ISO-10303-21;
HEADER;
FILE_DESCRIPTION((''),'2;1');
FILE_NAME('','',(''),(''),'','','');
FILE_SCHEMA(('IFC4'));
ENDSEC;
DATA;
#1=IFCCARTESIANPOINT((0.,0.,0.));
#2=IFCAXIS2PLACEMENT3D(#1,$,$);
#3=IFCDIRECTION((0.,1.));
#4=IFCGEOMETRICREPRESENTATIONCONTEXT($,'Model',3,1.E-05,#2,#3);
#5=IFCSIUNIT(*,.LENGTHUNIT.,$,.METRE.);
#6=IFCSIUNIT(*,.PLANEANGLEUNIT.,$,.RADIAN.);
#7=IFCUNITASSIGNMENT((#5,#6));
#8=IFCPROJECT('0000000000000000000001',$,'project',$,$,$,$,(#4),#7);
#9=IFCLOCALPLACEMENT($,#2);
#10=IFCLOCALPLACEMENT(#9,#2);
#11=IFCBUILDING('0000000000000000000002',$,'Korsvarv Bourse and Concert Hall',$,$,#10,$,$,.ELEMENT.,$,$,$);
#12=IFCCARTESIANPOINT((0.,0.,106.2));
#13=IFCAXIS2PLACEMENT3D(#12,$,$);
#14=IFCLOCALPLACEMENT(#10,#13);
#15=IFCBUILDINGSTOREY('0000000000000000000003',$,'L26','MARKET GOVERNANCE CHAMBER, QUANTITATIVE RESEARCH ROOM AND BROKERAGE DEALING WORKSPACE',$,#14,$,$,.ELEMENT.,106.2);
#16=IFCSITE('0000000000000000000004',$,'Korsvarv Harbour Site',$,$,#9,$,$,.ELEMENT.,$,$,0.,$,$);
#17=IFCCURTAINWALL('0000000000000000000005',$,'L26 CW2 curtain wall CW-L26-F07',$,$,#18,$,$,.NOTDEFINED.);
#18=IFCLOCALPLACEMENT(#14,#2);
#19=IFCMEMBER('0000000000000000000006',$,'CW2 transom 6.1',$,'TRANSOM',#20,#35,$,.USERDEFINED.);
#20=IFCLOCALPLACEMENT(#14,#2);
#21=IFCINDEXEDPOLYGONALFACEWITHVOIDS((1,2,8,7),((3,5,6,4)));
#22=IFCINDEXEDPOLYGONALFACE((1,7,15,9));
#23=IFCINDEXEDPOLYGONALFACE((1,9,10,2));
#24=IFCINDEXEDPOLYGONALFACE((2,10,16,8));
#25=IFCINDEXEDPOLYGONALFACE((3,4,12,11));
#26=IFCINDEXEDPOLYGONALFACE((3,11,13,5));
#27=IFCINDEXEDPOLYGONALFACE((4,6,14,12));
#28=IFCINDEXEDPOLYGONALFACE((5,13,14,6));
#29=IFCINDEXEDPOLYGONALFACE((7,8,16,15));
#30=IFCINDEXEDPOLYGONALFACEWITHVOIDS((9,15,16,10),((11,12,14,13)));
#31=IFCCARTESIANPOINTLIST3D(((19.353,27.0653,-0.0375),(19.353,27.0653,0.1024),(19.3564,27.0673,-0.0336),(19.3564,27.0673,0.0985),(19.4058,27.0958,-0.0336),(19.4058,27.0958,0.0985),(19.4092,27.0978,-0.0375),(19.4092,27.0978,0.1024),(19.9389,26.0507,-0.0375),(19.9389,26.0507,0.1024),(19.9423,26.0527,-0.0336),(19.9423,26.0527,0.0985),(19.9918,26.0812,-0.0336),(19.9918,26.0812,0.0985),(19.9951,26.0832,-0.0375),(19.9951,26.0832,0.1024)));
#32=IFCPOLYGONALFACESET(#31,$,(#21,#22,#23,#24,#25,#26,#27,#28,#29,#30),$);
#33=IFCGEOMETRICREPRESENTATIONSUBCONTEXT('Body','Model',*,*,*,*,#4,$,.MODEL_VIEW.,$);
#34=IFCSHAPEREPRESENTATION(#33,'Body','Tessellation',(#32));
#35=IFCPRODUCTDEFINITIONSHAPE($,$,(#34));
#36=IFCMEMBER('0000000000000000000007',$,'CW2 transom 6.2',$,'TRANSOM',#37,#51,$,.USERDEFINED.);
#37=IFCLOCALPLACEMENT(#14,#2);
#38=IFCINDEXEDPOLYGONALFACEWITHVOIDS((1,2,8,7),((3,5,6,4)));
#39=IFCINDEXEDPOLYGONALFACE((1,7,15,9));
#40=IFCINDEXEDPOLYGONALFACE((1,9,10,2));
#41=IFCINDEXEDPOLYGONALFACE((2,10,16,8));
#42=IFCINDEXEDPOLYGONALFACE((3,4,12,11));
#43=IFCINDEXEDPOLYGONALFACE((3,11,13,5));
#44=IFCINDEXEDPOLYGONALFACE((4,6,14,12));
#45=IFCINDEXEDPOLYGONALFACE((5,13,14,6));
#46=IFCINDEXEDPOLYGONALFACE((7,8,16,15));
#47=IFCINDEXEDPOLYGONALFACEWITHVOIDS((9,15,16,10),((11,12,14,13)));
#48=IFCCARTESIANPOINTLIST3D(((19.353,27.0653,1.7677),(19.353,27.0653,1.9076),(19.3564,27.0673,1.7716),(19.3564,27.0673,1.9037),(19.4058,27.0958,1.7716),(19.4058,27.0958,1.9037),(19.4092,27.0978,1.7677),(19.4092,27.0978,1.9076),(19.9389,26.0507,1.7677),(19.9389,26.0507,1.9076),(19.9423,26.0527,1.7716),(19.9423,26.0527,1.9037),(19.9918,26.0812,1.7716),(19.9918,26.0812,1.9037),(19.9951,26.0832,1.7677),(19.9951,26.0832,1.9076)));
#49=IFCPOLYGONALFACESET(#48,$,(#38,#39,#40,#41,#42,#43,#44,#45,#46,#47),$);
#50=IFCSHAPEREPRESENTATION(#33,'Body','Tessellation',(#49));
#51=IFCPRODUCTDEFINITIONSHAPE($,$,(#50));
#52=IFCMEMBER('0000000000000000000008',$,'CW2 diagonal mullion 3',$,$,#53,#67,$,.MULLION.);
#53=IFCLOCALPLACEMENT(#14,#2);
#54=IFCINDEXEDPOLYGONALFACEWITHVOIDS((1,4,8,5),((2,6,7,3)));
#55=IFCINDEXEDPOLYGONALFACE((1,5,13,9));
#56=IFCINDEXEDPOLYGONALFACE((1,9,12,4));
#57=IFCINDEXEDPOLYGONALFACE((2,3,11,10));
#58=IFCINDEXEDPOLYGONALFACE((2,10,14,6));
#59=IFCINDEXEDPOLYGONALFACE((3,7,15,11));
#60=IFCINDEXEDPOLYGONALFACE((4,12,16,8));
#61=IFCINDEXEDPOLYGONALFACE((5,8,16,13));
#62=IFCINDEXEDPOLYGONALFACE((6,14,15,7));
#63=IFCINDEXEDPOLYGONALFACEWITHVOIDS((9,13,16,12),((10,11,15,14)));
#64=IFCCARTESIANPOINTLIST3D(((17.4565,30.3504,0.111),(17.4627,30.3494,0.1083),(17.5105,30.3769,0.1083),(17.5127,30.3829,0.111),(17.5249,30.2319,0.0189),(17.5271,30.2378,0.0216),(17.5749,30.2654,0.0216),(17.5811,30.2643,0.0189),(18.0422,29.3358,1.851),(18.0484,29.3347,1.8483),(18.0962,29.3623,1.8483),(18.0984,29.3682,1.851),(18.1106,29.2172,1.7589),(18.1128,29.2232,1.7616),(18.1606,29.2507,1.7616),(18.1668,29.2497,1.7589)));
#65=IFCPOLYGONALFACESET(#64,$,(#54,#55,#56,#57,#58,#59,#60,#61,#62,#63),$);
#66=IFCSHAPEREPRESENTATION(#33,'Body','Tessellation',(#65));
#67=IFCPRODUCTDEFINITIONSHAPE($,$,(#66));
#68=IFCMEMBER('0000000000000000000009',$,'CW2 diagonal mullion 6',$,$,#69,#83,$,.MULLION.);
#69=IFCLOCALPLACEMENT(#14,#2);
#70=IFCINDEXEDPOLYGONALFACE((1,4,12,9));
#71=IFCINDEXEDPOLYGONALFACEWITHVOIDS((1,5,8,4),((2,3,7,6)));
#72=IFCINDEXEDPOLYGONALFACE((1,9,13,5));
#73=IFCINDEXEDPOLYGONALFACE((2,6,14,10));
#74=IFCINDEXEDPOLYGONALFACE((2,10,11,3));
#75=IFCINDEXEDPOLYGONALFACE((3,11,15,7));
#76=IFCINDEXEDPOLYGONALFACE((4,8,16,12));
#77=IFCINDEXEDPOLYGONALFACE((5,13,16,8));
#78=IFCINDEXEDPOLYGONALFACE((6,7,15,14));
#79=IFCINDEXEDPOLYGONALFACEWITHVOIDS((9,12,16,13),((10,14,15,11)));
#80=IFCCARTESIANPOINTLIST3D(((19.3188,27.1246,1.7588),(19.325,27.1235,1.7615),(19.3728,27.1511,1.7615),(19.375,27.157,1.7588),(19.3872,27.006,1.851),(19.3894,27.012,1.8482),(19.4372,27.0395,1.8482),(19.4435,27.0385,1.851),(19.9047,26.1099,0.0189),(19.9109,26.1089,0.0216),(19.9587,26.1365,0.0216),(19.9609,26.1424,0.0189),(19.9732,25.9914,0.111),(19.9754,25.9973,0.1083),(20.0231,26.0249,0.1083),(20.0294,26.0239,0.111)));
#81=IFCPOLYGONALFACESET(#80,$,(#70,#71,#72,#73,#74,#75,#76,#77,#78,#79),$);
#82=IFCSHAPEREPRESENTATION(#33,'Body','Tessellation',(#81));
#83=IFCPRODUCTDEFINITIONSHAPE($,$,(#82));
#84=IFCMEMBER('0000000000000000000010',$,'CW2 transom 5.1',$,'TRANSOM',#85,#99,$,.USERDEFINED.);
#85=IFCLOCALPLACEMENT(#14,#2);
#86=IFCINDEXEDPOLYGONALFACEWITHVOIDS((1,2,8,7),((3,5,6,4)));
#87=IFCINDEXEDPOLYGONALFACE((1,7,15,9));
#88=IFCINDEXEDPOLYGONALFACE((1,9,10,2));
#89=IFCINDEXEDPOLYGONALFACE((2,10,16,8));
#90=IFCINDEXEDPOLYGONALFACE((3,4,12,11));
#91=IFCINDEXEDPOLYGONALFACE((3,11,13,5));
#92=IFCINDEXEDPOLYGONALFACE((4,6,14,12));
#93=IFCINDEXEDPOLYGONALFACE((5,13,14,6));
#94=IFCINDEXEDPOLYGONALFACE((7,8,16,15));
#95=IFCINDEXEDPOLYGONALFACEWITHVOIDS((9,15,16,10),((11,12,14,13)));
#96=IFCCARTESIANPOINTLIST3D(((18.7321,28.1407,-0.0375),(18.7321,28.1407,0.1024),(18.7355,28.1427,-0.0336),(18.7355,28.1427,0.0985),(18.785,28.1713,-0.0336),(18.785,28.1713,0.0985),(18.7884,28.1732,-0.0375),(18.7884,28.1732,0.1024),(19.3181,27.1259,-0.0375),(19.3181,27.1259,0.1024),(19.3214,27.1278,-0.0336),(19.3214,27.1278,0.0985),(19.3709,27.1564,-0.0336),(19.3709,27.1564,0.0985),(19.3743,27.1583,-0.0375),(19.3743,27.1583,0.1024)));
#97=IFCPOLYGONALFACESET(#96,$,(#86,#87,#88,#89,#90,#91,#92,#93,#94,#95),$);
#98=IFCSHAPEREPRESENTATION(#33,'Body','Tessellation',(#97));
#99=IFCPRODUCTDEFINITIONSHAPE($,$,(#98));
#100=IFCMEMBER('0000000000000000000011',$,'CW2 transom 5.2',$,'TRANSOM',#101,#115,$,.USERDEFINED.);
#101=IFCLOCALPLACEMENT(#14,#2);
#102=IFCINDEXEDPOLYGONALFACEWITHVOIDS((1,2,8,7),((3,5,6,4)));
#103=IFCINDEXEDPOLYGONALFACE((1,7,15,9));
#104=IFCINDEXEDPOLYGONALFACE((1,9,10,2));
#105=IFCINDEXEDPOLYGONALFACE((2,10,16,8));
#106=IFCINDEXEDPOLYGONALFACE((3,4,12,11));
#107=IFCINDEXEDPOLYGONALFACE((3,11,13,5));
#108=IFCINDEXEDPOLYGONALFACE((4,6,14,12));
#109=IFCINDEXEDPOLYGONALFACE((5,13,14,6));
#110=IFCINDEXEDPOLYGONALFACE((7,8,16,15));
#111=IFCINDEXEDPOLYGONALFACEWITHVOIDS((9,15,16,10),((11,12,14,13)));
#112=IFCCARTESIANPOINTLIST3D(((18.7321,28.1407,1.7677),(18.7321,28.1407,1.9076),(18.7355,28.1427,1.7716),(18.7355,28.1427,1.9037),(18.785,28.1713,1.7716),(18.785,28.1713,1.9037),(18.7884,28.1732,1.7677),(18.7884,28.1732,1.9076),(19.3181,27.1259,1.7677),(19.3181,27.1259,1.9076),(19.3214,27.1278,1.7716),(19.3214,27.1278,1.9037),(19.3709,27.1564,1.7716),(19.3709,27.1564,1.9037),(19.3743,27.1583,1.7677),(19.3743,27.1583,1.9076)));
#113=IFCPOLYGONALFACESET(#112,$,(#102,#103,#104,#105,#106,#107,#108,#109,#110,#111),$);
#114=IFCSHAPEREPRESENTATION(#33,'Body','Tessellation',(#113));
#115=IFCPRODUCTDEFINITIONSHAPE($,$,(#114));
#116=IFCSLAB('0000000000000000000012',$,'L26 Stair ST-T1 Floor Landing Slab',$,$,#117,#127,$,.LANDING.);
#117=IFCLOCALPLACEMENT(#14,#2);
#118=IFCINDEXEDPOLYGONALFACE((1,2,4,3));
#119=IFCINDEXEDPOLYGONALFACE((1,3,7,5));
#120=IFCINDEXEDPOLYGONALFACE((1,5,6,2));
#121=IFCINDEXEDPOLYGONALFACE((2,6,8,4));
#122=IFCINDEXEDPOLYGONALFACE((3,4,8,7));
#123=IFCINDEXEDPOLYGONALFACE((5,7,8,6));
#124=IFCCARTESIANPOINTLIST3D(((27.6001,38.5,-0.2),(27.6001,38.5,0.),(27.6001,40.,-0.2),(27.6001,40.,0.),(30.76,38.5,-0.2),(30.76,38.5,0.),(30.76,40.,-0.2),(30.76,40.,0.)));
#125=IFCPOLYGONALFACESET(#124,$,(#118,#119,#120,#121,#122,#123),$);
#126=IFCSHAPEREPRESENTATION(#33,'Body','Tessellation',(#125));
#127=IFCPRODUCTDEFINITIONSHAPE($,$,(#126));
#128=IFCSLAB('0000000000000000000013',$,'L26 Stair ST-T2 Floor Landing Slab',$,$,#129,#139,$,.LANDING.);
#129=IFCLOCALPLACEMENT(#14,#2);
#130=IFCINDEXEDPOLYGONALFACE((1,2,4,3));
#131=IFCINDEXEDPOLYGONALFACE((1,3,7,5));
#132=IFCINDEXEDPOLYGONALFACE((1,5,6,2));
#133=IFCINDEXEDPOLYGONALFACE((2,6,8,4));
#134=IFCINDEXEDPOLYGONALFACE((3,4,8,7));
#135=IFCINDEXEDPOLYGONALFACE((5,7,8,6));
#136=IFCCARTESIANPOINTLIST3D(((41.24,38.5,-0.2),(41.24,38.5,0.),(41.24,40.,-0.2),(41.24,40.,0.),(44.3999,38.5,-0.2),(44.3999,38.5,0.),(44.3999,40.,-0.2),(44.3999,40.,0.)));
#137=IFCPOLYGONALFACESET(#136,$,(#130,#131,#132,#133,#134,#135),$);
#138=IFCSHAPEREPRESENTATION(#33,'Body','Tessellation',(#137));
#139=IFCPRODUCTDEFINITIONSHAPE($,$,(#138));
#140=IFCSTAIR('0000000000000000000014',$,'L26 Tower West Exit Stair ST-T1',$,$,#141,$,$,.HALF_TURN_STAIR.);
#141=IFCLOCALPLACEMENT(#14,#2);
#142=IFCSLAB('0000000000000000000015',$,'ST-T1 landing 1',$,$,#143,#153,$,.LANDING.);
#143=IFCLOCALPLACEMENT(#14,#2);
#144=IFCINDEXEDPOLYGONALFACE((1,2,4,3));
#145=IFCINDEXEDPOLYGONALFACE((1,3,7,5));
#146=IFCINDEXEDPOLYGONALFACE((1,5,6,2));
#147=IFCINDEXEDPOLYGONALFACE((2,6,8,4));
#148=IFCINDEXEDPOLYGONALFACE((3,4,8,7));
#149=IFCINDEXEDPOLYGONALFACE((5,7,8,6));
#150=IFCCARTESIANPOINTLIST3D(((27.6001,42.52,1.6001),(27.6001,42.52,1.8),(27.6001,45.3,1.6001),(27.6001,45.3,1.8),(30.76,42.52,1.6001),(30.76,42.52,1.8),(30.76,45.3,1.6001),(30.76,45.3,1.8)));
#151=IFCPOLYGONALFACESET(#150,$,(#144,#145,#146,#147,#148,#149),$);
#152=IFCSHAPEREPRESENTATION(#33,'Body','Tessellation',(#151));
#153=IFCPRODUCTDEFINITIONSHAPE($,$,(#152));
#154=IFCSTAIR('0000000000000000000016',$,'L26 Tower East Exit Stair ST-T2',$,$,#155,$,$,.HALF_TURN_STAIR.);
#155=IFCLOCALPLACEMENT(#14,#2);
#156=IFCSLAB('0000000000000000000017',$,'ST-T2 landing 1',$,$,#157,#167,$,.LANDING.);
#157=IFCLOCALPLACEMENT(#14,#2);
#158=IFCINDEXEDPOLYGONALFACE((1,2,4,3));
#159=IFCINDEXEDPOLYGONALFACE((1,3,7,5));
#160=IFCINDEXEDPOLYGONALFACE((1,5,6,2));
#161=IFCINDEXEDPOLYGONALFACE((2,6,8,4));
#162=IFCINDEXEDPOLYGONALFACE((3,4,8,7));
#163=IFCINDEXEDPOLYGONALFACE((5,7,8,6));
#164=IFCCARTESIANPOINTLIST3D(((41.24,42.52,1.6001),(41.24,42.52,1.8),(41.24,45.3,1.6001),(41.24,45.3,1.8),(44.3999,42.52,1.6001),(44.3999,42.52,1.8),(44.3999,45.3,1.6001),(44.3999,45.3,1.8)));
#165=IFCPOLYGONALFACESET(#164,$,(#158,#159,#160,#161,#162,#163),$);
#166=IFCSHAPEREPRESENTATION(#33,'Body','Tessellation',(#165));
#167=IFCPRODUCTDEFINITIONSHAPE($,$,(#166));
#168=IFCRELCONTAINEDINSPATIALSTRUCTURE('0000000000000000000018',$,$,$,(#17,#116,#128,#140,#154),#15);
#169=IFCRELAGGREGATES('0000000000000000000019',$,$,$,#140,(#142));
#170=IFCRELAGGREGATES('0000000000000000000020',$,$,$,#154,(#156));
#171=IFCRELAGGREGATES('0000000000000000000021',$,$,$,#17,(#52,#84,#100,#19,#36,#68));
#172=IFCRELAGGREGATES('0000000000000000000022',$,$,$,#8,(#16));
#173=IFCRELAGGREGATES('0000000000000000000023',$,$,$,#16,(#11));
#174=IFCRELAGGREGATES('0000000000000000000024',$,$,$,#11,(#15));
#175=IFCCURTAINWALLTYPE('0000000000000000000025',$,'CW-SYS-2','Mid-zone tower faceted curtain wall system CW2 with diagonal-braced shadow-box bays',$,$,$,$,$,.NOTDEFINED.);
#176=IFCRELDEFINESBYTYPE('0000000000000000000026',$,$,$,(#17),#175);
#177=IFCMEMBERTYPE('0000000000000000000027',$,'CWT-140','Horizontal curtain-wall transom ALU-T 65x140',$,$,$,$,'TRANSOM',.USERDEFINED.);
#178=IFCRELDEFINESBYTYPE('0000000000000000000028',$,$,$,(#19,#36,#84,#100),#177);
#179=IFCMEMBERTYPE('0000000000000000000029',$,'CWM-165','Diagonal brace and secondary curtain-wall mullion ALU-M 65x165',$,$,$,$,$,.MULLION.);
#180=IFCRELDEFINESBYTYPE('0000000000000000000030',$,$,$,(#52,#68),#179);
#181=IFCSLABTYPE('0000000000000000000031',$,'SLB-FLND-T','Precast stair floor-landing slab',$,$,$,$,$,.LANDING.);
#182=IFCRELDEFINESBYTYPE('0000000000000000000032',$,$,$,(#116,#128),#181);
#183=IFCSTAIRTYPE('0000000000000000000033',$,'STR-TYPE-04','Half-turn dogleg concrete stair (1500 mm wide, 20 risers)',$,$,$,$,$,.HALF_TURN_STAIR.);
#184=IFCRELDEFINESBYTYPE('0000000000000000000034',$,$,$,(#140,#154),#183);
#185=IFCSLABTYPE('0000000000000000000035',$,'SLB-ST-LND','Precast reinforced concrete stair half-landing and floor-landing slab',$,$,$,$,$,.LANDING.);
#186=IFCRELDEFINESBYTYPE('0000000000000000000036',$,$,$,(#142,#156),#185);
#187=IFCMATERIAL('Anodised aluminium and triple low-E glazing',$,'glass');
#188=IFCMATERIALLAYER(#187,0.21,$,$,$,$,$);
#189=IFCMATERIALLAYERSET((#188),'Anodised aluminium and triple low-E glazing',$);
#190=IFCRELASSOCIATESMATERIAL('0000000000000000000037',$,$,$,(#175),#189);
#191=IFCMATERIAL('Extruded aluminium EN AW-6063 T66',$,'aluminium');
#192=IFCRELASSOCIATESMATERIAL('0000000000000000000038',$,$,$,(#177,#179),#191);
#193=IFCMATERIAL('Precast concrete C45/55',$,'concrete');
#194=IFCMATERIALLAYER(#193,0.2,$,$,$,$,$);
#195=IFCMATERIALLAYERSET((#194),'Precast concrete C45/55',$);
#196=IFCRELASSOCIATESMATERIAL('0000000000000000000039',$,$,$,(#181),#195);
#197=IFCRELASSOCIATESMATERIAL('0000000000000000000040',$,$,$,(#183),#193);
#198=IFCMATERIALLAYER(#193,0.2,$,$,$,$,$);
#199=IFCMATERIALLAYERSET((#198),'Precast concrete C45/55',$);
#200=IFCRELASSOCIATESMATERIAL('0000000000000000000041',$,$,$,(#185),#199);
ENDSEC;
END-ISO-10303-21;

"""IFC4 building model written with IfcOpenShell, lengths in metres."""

from ifc_helpers import new_model, si_unit, direction, frame, origin, origin_2d, place, context, subcontext, project, spatial, polyline, hollow_rectangle, outline, extrude, source, transform, mapped, material, layer, layer_set, material_profile, profile_set, type_object, element, aggregate, save


model = new_model("IFC4")

# Units and contexts
model_context = context("Model", 3, precision=1e-05, world=origin(), true_north=direction((0.0, 1.0)))
body_context = subcontext(model_context, "Body", "Model", "MODEL_VIEW")
ifc_project = project(units=[si_unit("LENGTHUNIT", "METRE"), si_unit("PLANEANGLEUNIT", "RADIAN")], contexts=[model_context])

# Site, building, storey
site_placement = place(None, origin())
site = spatial("IfcSite", under=ifc_project, at=site_placement, Name="Korsvarv Harbour Site", CompositionType="ELEMENT", RefElevation=0.0)
building_placement = place(site_placement, origin())
building = spatial("IfcBuilding", under=site, at=building_placement, Name="Korsvarv Bourse and Concert Hall", CompositionType="ELEMENT")
storey_placement = place(building_placement, frame((0.0, 0.0, 106.2)))
storey = spatial("IfcBuildingStorey", under=building, at=storey_placement, Name="L26", Description="MARKET GOVERNANCE CHAMBER, QUANTITATIVE RESEARCH ROOM AND BROKERAGE DEALING WORKSPACE", CompositionType="ELEMENT", Elevation=106.2)

# Curtain wall, members
ifc_material_1 = material(Name="Anodised aluminium and triple low-E glazing", Category="glass")
ifc_layer_1 = layer(ifc_material_1, 0.21)
ifc_layer_set_1 = layer_set([ifc_layer_1], Name="Anodised aluminium and triple low-E glazing")
curtain_wall_type = type_object("IfcCurtainWallType", Name="CW-SYS-2", Description="Mid-zone tower faceted curtain wall system CW2 with diagonal-braced shadow-box bays", PredefinedType="NOTDEFINED", material=ifc_layer_set_1)
curtain_wall_placement = place(storey_placement, origin())
curtain_wall = element("IfcCurtainWall", 1, at=curtain_wall_placement, inside=storey, type_object=curtain_wall_type, Name="L26 CW2 curtain wall CW-L26-F07", PredefinedType="NOTDEFINED")
ifc_material_2 = material(Name="Extruded aluminium EN AW-6063 T66", Category="aluminium")
ifc_material_profile_1 = material_profile(ifc_material_2, hollow_rectangle(XDim=0.0649, YDim=0.1399, WallThickness=0.0039, at=origin_2d()), Name="ALU-T 65x140")
ifc_profile_set_1 = profile_set([ifc_material_profile_1], Name="Extruded aluminium EN AW-6063 T66")
member_type_1 = type_object("IfcMemberType", Name="CWT-140", Description="Horizontal curtain-wall transom ALU-T 65x140", ElementType="TRANSOM", PredefinedType="USERDEFINED", material=ifc_profile_set_1)
shared_shape_1 = source(origin(), body_context, "Body", "SweptSolid", [
    extrude(hollow_rectangle(XDim=0.0649, YDim=0.1399, WallThickness=0.0039, at=origin_2d()), origin(), (0.0, 0.0, 1.0), 1.1716),
])
member_1_placement = place(storey_placement, frame((19.3811, 27.0815, 0.0325), z_axis=(0.500083, -0.865977, 0.0), x_axis=(0.865977, 0.500083, 0.0)))
member_1 = element("IfcMember", 2, at=member_1_placement, type_object=member_type_1, Name="CW2 transom 6.1", ObjectType="TRANSOM", PredefinedType="USERDEFINED", context=body_context, shape_type="MappedRepresentation", body=[
    mapped(shared_shape_1, transform((0.0, 0.0, 0.0), scale=1.0)),
])
member_2_placement = place(storey_placement, frame((19.3811, 27.0815, 1.8376), z_axis=(0.500083, -0.865977, 0.0), x_axis=(0.865977, 0.500083, 0.0)))
member_2 = element("IfcMember", 3, at=member_2_placement, type_object=member_type_1, Name="CW2 transom 6.2", ObjectType="TRANSOM", PredefinedType="USERDEFINED", context=body_context, shape_type="MappedRepresentation", body=[
    mapped(shared_shape_1, transform((0.0, 0.0, 0.0), scale=1.0)),
])
ifc_material_profile_2 = material_profile(ifc_material_2, hollow_rectangle(XDim=0.0649, YDim=0.165, WallThickness=0.0049, at=origin_2d()), Name="ALU-M 65x165")
ifc_profile_set_2 = profile_set([ifc_material_profile_2], Name="Extruded aluminium EN AW-6063 T66")
member_type_2 = type_object("IfcMemberType", Name="CWM-165", Description="Diagonal brace and secondary curtain-wall mullion ALU-M 65x165", PredefinedType="MULLION", material=ifc_profile_set_2)
shared_shape_2 = source(origin(), body_context, "Body", "SweptSolid", [
    extrude(hollow_rectangle(XDim=0.0649, YDim=0.165, WallThickness=0.0049, at=origin_2d()), origin(), (0.0, 0.0, 1.0), 2.0977),
])
member_3_placement = place(storey_placement, frame((17.5188, 30.3074, 0.0649), z_axis=(0.279215, -0.483708, 0.829497), x_axis=(0.866068, 0.499927, 0.0)))
member_3 = element("IfcMember", 4, at=member_3_placement, type_object=member_type_2, Name="CW2 diagonal mullion 3", PredefinedType="MULLION", context=body_context, shape_type="MappedRepresentation", body=[
    mapped(shared_shape_2, transform((0.0, 0.0, 0.0), scale=1.0)),
])
member_4_placement = place(storey_placement, frame((19.967, 26.0669, 0.0649), z_axis=(-0.279322, 0.483693, 0.82947), x_axis=(-0.865977, -0.500083, 0.0)))
member_4 = element("IfcMember", 5, at=member_4_placement, type_object=member_type_2, Name="CW2 diagonal mullion 6", PredefinedType="MULLION", context=body_context, shape_type="MappedRepresentation", body=[
    mapped(shared_shape_2, transform((0.0, 0.0, 0.0), scale=1.0)),
])
shared_shape_3 = source(origin(), body_context, "Body", "SweptSolid", [
    extrude(hollow_rectangle(XDim=0.0649, YDim=0.1399, WallThickness=0.0039, at=origin_2d()), origin(), (0.0, 0.0, 1.0), 1.1719),
])
member_5_placement = place(storey_placement, frame((18.7603, 28.157, 0.0325), z_axis=(0.499993, -0.866029, 0.0), x_axis=(0.866029, 0.499993, 0.0)))
member_5 = element("IfcMember", 6, at=member_5_placement, type_object=member_type_1, Name="CW2 transom 5.1", ObjectType="TRANSOM", PredefinedType="USERDEFINED", context=body_context, shape_type="MappedRepresentation", body=[
    mapped(shared_shape_3, transform((0.0, 0.0, 0.0), scale=1.0)),
])
member_6_placement = place(storey_placement, frame((18.7603, 28.157, 1.8376), z_axis=(0.499993, -0.866029, 0.0), x_axis=(0.866029, 0.499993, 0.0)))
member_6 = element("IfcMember", 7, at=member_6_placement, type_object=member_type_1, Name="CW2 transom 5.2", ObjectType="TRANSOM", PredefinedType="USERDEFINED", context=body_context, shape_type="MappedRepresentation", body=[
    mapped(shared_shape_3, transform((0.0, 0.0, 0.0), scale=1.0)),
])

# Slabs
ifc_material_3 = material(Name="Precast concrete C45/55", Category="concrete")
ifc_layer_2 = layer(ifc_material_3, 0.2)
ifc_layer_set_2 = layer_set([ifc_layer_2], Name="Precast concrete C45/55")
slab_type_1 = type_object("IfcSlabType", Name="SLB-FLND-T", Description="Precast stair floor-landing slab", PredefinedType="LANDING", material=ifc_layer_set_2)
slab_1_placement = place(storey_placement, frame((0.0, 0.0, -0.2)))
element("IfcSlab", 8, at=slab_1_placement, inside=storey, type_object=slab_type_1, Name="L26 Stair ST-T1 Floor Landing Slab", PredefinedType="LANDING", context=body_context, shape_type="SweptSolid", body=[
    extrude(outline(polyline([(30.76, 38.5), (30.76, 40.0), (27.6001, 40.0), (27.6001, 38.5), (30.76, 38.5)])), origin(), (0.0, 0.0, 1.0), 0.2),
])
slab_2_placement = place(storey_placement, frame((0.0, 0.0, -0.2)))
element("IfcSlab", 9, at=slab_2_placement, inside=storey, type_object=slab_type_1, Name="L26 Stair ST-T2 Floor Landing Slab", PredefinedType="LANDING", context=body_context, shape_type="SweptSolid", body=[
    extrude(outline(polyline([(44.3999, 38.5), (44.3999, 40.0), (41.24, 40.0), (41.24, 38.5), (44.3999, 38.5)])), origin(), (0.0, 0.0, 1.0), 0.2),
])

# Stairs, slabs
stair_type = type_object("IfcStairType", Name="STR-TYPE-04", Description="Half-turn dogleg concrete stair (1500 mm wide, 20 risers)", PredefinedType="HALF_TURN_STAIR", material=ifc_material_3)
stair_1_placement = place(storey_placement, origin())
stair_1 = element("IfcStair", 10, at=stair_1_placement, inside=storey, type_object=stair_type, Name="L26 Tower West Exit Stair ST-T1", PredefinedType="HALF_TURN_STAIR")
ifc_layer_3 = layer(ifc_material_3, 0.2)
ifc_layer_set_3 = layer_set([ifc_layer_3], Name="Precast concrete C45/55")
slab_type_2 = type_object("IfcSlabType", Name="SLB-ST-LND", Description="Precast reinforced concrete stair half-landing and floor-landing slab", PredefinedType="LANDING", material=ifc_layer_set_3)
slab_3_placement = place(storey_placement, frame((0.0, 0.0, 1.6001)))
slab_3 = element("IfcSlab", 11, at=slab_3_placement, type_object=slab_type_2, Name="ST-T1 landing 1", PredefinedType="LANDING", context=body_context, shape_type="SweptSolid", body=[
    extrude(outline(polyline([(30.76, 42.52), (30.76, 45.3), (27.6001, 45.3), (27.6001, 42.52), (30.76, 42.52)])), origin(), (0.0, 0.0, 1.0), 0.2),
])
aggregate(stair_1, [slab_3])
stair_2_placement = place(storey_placement, origin())
stair_2 = element("IfcStair", 12, at=stair_2_placement, inside=storey, type_object=stair_type, Name="L26 Tower East Exit Stair ST-T2", PredefinedType="HALF_TURN_STAIR")
slab_4_placement = place(storey_placement, frame((0.0, 0.0, 1.6001)))
slab_4 = element("IfcSlab", 13, at=slab_4_placement, type_object=slab_type_2, Name="ST-T2 landing 1", PredefinedType="LANDING", context=body_context, shape_type="SweptSolid", body=[
    extrude(outline(polyline([(44.3999, 42.52), (44.3999, 45.3), (41.24, 45.3), (41.24, 42.52), (44.3999, 42.52)])), origin(), (0.0, 0.0, 1.0), 0.2),
])
aggregate(stair_2, [slab_4])

aggregate(curtain_wall, [member_3, member_5, member_6, member_1, member_2, member_4])

save(model, "model.ifc")
